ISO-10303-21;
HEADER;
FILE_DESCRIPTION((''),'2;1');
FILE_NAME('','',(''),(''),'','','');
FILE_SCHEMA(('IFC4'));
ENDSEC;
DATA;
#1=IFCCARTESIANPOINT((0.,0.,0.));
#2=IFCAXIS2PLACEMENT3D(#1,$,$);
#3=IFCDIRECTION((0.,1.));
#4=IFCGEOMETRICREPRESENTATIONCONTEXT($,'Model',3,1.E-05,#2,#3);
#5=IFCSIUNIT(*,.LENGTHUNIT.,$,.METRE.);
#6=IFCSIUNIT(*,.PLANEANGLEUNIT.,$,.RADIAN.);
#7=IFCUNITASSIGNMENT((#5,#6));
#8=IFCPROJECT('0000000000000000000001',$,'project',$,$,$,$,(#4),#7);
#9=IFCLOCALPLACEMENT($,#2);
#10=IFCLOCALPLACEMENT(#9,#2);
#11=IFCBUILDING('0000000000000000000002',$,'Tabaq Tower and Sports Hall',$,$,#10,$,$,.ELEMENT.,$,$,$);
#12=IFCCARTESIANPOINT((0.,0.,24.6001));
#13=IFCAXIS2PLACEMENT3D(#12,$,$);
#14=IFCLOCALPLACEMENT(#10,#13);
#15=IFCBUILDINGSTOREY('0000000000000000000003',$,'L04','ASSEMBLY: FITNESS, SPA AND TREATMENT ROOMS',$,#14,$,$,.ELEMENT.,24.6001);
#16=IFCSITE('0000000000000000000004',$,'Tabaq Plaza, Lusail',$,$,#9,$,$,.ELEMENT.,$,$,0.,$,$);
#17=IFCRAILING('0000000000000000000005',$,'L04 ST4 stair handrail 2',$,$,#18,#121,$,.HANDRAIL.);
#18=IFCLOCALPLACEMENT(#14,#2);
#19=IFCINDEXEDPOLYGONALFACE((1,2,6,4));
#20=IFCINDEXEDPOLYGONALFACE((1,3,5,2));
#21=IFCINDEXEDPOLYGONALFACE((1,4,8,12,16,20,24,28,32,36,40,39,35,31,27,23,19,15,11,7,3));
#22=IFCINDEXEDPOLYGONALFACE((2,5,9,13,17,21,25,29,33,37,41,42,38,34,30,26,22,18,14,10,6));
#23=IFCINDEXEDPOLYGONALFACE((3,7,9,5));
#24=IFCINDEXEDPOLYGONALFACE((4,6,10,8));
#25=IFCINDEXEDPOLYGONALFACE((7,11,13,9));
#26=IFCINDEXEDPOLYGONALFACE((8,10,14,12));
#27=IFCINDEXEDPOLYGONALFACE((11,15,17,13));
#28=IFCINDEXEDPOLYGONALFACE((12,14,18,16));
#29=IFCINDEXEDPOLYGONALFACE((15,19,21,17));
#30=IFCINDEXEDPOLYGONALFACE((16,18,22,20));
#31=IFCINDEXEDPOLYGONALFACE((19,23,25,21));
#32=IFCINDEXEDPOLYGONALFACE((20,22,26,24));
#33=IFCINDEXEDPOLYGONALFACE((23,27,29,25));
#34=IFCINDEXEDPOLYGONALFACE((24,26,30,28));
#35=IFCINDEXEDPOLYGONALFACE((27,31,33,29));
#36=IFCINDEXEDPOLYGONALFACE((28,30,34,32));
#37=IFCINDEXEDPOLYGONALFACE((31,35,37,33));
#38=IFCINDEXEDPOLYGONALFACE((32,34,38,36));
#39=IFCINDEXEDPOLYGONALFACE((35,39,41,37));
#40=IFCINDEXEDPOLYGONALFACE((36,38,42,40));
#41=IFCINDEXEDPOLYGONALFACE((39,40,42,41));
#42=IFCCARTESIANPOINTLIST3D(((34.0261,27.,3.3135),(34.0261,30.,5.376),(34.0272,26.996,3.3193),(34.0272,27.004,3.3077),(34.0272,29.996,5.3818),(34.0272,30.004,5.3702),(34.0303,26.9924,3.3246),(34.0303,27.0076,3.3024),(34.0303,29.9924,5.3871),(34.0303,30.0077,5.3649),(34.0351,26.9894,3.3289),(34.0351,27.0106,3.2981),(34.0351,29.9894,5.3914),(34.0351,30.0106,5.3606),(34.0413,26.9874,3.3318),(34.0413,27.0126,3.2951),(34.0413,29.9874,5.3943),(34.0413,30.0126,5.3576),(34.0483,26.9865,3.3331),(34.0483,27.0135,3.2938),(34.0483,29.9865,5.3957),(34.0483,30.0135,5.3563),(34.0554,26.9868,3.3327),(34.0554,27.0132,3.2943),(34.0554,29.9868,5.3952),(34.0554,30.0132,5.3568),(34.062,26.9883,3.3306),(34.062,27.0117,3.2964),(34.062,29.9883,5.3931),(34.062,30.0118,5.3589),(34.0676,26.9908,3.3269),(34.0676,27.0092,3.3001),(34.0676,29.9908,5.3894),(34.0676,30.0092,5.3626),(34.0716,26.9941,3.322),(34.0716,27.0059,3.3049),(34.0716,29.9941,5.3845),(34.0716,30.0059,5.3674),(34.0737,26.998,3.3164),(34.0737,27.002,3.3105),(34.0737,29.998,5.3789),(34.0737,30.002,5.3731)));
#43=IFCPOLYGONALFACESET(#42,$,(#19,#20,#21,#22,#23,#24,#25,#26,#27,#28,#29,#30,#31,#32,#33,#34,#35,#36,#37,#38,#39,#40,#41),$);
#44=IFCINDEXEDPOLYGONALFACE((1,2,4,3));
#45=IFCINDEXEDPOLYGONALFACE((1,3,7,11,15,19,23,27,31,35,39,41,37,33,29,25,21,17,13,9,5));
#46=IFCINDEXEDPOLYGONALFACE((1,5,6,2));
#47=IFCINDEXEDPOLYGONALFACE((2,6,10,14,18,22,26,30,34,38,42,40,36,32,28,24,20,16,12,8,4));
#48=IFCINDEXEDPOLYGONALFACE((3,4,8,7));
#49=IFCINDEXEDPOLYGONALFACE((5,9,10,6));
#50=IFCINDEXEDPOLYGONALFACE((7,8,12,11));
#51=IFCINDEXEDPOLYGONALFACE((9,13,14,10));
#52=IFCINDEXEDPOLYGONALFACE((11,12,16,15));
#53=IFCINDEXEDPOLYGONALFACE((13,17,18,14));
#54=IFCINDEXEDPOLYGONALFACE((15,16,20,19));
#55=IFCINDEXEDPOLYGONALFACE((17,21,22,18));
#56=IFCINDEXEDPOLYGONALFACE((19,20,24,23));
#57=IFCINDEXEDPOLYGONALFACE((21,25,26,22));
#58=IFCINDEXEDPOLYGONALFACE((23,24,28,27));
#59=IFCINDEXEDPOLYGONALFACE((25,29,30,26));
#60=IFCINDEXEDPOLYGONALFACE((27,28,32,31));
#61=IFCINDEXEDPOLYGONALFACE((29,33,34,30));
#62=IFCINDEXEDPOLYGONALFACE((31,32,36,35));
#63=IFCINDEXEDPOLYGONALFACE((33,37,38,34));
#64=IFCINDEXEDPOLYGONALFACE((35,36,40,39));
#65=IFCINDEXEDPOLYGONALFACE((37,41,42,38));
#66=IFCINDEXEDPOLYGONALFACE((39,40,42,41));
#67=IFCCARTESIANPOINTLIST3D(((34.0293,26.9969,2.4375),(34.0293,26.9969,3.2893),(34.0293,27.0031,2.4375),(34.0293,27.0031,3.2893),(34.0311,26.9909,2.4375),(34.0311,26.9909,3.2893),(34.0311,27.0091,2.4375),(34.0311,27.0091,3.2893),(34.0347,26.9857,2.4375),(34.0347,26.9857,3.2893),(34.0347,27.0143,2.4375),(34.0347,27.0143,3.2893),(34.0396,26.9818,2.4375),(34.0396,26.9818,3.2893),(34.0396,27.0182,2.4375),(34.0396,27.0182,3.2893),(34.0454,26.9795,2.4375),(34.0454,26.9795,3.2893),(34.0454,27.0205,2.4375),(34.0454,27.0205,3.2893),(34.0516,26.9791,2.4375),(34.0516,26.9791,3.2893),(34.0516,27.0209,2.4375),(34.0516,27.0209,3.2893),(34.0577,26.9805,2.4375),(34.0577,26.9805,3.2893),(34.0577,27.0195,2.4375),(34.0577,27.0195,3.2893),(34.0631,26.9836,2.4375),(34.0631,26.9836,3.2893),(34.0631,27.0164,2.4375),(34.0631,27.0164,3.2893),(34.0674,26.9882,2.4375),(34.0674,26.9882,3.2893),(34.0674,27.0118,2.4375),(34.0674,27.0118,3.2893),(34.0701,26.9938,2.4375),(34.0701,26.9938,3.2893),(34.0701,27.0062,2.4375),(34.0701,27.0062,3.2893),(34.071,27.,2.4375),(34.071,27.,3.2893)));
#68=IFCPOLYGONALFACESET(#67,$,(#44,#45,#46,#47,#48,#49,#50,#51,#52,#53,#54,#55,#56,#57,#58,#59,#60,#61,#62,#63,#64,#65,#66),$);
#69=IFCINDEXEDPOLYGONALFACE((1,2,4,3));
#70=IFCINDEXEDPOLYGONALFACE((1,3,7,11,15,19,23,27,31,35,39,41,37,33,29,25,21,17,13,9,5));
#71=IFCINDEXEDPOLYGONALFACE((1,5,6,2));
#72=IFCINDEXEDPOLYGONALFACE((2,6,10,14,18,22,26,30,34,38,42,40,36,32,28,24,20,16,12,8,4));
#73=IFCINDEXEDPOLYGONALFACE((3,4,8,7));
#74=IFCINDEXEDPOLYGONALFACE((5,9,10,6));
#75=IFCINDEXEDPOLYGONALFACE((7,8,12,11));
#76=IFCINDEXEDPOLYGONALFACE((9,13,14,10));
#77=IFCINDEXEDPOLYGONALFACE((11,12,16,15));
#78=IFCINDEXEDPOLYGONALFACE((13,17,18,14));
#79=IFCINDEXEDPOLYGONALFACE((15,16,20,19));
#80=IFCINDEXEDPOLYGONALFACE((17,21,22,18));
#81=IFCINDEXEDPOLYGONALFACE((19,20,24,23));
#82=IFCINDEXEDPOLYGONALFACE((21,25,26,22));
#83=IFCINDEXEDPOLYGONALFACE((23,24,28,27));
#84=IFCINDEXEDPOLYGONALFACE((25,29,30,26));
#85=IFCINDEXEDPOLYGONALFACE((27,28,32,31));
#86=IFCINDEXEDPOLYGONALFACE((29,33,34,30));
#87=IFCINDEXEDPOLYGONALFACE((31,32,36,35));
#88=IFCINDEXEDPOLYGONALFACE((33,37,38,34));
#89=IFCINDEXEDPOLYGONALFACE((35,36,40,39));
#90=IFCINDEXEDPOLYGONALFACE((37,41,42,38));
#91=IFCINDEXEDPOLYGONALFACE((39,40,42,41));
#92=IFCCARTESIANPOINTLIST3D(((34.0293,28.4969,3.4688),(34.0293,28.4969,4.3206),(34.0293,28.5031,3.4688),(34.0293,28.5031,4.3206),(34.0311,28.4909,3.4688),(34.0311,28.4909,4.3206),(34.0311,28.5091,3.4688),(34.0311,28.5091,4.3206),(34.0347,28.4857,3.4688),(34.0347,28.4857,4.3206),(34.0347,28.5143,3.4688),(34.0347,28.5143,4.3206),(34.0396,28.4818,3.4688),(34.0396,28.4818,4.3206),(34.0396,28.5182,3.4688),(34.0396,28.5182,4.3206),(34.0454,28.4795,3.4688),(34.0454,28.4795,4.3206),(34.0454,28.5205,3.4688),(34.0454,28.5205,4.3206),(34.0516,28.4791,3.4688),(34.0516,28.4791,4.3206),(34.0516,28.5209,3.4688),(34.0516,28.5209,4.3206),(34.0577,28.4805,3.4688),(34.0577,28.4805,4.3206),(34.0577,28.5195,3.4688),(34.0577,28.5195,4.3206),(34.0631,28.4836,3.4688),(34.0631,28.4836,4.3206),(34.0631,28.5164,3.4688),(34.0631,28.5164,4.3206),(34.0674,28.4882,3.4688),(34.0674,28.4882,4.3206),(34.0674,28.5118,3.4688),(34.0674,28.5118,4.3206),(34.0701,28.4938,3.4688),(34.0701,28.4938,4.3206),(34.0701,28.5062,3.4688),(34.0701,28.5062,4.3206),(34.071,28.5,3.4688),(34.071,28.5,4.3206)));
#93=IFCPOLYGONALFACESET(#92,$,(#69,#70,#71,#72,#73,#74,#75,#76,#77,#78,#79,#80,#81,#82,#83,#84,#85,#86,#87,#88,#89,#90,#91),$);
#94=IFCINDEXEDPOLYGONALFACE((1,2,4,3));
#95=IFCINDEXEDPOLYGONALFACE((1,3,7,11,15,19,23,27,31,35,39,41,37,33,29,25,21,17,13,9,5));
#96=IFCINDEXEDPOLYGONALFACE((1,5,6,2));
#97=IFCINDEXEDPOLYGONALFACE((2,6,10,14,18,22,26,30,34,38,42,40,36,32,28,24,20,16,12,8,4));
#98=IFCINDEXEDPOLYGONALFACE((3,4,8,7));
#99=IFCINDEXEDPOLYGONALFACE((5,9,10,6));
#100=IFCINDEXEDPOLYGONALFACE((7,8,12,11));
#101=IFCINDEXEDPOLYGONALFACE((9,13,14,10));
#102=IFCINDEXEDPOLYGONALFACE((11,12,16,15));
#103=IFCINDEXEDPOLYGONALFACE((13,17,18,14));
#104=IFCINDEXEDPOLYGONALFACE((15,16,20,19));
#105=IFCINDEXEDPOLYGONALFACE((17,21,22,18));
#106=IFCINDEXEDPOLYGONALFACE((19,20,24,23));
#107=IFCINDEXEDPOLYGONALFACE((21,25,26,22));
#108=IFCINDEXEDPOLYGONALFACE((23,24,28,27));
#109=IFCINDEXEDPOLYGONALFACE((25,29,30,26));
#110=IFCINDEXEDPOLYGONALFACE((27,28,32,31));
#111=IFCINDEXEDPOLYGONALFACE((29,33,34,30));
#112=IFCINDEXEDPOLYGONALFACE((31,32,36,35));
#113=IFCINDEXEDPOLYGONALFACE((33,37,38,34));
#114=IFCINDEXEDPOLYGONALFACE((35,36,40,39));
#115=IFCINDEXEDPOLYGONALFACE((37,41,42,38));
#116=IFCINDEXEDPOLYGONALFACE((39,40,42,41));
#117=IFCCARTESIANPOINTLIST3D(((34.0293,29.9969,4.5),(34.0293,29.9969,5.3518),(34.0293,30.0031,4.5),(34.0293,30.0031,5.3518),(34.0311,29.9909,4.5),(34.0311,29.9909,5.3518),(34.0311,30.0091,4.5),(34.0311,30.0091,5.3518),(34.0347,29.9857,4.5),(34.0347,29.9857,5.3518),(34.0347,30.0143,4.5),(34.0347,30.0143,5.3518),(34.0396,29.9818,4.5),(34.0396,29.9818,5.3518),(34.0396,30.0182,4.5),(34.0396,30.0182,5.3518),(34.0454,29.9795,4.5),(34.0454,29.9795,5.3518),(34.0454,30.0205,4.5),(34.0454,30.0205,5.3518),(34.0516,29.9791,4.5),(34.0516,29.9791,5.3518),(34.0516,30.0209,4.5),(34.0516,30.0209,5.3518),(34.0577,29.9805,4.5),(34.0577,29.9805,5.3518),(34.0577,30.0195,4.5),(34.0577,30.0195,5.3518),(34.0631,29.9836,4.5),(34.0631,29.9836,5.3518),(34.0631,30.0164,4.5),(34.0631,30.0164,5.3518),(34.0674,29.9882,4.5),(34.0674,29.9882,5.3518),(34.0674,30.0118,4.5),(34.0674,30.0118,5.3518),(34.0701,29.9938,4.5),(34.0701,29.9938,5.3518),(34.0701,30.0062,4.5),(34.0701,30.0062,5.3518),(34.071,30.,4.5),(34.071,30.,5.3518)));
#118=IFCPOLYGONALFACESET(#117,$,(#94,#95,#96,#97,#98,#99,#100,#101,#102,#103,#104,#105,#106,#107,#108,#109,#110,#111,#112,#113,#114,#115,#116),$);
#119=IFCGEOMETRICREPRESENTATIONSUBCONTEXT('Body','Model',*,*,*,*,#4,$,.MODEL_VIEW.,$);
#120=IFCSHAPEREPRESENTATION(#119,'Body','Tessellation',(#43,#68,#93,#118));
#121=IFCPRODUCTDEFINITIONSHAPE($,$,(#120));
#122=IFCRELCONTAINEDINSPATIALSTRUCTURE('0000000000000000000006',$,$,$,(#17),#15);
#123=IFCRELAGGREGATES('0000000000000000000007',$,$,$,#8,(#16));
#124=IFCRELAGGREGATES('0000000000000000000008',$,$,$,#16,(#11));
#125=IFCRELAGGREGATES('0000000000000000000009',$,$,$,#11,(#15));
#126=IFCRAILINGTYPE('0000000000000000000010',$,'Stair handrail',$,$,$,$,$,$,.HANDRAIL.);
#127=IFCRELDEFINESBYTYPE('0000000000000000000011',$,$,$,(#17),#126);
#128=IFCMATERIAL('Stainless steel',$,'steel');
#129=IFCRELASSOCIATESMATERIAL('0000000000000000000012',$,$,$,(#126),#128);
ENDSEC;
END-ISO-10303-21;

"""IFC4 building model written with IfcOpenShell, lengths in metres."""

from ifc_helpers import new_model, si_unit, direction, frame, origin, origin_2d, place, context, subcontext, project, spatial, circle, extrude, material, type_object, element, save


model = new_model("IFC4")

# Units and contexts
model_context = context("Model", 3, precision=1e-05, world=origin(), true_north=direction((0.0, 1.0)))
body_context = subcontext(model_context, "Body", "Model", "MODEL_VIEW")
ifc_project = project(units=[si_unit("LENGTHUNIT", "METRE"), si_unit("PLANEANGLEUNIT", "RADIAN")], contexts=[model_context])

# Site, building, storey
site_placement = place(None, origin())
site = spatial("IfcSite", under=ifc_project, at=site_placement, Name="Tabaq Plaza, Lusail", CompositionType="ELEMENT", RefElevation=0.0)
building_placement = place(site_placement, origin())
building = spatial("IfcBuilding", under=site, at=building_placement, Name="Tabaq Tower and Sports Hall", CompositionType="ELEMENT")
storey_placement = place(building_placement, frame((0.0, 0.0, 24.6001)))
storey = spatial("IfcBuildingStorey", under=building, at=storey_placement, Name="L04", Description="ASSEMBLY: FITNESS, SPA AND TREATMENT ROOMS", CompositionType="ELEMENT", Elevation=24.6001)

# Railing
ifc_material_1 = material(Name="Stainless steel", Category="steel")
railing_type_1 = type_object("IfcRailingType", Name="Stair handrail", PredefinedType="HANDRAIL", material=ifc_material_1)
railing_1_placement = place(storey_placement, frame((34.05, 27.0, 2.4375)))
element("IfcRailing", 1, at=railing_1_placement, inside=storey, type_object=railing_type_1, Name="L04 ST4 stair handrail 2", PredefinedType="HANDRAIL", context=body_context, shape_type="SweptSolid", body=[
    extrude(circle(Radius=0.0239, at=origin_2d()), frame((0.0, 0.0, 0.876), z_axis=(0.0, 0.824042, 0.566529), x_axis=(-1.0, 0.0, 0.0)), (0.0, 0.0, 1.0), 3.6406),
    extrude(circle(Radius=0.021, at=origin_2d()), origin(), (0.0, 0.0, 1.0), 0.8518),
    extrude(circle(Radius=0.021, at=origin_2d()), frame((0.0, 1.5, 1.0312)), (0.0, 0.0, 1.0), 0.8518),
    extrude(circle(Radius=0.021, at=origin_2d()), frame((0.0, 3.0, 2.0625)), (0.0, 0.0, 1.0), 0.8518),
])

save(model, "model.ifc")
